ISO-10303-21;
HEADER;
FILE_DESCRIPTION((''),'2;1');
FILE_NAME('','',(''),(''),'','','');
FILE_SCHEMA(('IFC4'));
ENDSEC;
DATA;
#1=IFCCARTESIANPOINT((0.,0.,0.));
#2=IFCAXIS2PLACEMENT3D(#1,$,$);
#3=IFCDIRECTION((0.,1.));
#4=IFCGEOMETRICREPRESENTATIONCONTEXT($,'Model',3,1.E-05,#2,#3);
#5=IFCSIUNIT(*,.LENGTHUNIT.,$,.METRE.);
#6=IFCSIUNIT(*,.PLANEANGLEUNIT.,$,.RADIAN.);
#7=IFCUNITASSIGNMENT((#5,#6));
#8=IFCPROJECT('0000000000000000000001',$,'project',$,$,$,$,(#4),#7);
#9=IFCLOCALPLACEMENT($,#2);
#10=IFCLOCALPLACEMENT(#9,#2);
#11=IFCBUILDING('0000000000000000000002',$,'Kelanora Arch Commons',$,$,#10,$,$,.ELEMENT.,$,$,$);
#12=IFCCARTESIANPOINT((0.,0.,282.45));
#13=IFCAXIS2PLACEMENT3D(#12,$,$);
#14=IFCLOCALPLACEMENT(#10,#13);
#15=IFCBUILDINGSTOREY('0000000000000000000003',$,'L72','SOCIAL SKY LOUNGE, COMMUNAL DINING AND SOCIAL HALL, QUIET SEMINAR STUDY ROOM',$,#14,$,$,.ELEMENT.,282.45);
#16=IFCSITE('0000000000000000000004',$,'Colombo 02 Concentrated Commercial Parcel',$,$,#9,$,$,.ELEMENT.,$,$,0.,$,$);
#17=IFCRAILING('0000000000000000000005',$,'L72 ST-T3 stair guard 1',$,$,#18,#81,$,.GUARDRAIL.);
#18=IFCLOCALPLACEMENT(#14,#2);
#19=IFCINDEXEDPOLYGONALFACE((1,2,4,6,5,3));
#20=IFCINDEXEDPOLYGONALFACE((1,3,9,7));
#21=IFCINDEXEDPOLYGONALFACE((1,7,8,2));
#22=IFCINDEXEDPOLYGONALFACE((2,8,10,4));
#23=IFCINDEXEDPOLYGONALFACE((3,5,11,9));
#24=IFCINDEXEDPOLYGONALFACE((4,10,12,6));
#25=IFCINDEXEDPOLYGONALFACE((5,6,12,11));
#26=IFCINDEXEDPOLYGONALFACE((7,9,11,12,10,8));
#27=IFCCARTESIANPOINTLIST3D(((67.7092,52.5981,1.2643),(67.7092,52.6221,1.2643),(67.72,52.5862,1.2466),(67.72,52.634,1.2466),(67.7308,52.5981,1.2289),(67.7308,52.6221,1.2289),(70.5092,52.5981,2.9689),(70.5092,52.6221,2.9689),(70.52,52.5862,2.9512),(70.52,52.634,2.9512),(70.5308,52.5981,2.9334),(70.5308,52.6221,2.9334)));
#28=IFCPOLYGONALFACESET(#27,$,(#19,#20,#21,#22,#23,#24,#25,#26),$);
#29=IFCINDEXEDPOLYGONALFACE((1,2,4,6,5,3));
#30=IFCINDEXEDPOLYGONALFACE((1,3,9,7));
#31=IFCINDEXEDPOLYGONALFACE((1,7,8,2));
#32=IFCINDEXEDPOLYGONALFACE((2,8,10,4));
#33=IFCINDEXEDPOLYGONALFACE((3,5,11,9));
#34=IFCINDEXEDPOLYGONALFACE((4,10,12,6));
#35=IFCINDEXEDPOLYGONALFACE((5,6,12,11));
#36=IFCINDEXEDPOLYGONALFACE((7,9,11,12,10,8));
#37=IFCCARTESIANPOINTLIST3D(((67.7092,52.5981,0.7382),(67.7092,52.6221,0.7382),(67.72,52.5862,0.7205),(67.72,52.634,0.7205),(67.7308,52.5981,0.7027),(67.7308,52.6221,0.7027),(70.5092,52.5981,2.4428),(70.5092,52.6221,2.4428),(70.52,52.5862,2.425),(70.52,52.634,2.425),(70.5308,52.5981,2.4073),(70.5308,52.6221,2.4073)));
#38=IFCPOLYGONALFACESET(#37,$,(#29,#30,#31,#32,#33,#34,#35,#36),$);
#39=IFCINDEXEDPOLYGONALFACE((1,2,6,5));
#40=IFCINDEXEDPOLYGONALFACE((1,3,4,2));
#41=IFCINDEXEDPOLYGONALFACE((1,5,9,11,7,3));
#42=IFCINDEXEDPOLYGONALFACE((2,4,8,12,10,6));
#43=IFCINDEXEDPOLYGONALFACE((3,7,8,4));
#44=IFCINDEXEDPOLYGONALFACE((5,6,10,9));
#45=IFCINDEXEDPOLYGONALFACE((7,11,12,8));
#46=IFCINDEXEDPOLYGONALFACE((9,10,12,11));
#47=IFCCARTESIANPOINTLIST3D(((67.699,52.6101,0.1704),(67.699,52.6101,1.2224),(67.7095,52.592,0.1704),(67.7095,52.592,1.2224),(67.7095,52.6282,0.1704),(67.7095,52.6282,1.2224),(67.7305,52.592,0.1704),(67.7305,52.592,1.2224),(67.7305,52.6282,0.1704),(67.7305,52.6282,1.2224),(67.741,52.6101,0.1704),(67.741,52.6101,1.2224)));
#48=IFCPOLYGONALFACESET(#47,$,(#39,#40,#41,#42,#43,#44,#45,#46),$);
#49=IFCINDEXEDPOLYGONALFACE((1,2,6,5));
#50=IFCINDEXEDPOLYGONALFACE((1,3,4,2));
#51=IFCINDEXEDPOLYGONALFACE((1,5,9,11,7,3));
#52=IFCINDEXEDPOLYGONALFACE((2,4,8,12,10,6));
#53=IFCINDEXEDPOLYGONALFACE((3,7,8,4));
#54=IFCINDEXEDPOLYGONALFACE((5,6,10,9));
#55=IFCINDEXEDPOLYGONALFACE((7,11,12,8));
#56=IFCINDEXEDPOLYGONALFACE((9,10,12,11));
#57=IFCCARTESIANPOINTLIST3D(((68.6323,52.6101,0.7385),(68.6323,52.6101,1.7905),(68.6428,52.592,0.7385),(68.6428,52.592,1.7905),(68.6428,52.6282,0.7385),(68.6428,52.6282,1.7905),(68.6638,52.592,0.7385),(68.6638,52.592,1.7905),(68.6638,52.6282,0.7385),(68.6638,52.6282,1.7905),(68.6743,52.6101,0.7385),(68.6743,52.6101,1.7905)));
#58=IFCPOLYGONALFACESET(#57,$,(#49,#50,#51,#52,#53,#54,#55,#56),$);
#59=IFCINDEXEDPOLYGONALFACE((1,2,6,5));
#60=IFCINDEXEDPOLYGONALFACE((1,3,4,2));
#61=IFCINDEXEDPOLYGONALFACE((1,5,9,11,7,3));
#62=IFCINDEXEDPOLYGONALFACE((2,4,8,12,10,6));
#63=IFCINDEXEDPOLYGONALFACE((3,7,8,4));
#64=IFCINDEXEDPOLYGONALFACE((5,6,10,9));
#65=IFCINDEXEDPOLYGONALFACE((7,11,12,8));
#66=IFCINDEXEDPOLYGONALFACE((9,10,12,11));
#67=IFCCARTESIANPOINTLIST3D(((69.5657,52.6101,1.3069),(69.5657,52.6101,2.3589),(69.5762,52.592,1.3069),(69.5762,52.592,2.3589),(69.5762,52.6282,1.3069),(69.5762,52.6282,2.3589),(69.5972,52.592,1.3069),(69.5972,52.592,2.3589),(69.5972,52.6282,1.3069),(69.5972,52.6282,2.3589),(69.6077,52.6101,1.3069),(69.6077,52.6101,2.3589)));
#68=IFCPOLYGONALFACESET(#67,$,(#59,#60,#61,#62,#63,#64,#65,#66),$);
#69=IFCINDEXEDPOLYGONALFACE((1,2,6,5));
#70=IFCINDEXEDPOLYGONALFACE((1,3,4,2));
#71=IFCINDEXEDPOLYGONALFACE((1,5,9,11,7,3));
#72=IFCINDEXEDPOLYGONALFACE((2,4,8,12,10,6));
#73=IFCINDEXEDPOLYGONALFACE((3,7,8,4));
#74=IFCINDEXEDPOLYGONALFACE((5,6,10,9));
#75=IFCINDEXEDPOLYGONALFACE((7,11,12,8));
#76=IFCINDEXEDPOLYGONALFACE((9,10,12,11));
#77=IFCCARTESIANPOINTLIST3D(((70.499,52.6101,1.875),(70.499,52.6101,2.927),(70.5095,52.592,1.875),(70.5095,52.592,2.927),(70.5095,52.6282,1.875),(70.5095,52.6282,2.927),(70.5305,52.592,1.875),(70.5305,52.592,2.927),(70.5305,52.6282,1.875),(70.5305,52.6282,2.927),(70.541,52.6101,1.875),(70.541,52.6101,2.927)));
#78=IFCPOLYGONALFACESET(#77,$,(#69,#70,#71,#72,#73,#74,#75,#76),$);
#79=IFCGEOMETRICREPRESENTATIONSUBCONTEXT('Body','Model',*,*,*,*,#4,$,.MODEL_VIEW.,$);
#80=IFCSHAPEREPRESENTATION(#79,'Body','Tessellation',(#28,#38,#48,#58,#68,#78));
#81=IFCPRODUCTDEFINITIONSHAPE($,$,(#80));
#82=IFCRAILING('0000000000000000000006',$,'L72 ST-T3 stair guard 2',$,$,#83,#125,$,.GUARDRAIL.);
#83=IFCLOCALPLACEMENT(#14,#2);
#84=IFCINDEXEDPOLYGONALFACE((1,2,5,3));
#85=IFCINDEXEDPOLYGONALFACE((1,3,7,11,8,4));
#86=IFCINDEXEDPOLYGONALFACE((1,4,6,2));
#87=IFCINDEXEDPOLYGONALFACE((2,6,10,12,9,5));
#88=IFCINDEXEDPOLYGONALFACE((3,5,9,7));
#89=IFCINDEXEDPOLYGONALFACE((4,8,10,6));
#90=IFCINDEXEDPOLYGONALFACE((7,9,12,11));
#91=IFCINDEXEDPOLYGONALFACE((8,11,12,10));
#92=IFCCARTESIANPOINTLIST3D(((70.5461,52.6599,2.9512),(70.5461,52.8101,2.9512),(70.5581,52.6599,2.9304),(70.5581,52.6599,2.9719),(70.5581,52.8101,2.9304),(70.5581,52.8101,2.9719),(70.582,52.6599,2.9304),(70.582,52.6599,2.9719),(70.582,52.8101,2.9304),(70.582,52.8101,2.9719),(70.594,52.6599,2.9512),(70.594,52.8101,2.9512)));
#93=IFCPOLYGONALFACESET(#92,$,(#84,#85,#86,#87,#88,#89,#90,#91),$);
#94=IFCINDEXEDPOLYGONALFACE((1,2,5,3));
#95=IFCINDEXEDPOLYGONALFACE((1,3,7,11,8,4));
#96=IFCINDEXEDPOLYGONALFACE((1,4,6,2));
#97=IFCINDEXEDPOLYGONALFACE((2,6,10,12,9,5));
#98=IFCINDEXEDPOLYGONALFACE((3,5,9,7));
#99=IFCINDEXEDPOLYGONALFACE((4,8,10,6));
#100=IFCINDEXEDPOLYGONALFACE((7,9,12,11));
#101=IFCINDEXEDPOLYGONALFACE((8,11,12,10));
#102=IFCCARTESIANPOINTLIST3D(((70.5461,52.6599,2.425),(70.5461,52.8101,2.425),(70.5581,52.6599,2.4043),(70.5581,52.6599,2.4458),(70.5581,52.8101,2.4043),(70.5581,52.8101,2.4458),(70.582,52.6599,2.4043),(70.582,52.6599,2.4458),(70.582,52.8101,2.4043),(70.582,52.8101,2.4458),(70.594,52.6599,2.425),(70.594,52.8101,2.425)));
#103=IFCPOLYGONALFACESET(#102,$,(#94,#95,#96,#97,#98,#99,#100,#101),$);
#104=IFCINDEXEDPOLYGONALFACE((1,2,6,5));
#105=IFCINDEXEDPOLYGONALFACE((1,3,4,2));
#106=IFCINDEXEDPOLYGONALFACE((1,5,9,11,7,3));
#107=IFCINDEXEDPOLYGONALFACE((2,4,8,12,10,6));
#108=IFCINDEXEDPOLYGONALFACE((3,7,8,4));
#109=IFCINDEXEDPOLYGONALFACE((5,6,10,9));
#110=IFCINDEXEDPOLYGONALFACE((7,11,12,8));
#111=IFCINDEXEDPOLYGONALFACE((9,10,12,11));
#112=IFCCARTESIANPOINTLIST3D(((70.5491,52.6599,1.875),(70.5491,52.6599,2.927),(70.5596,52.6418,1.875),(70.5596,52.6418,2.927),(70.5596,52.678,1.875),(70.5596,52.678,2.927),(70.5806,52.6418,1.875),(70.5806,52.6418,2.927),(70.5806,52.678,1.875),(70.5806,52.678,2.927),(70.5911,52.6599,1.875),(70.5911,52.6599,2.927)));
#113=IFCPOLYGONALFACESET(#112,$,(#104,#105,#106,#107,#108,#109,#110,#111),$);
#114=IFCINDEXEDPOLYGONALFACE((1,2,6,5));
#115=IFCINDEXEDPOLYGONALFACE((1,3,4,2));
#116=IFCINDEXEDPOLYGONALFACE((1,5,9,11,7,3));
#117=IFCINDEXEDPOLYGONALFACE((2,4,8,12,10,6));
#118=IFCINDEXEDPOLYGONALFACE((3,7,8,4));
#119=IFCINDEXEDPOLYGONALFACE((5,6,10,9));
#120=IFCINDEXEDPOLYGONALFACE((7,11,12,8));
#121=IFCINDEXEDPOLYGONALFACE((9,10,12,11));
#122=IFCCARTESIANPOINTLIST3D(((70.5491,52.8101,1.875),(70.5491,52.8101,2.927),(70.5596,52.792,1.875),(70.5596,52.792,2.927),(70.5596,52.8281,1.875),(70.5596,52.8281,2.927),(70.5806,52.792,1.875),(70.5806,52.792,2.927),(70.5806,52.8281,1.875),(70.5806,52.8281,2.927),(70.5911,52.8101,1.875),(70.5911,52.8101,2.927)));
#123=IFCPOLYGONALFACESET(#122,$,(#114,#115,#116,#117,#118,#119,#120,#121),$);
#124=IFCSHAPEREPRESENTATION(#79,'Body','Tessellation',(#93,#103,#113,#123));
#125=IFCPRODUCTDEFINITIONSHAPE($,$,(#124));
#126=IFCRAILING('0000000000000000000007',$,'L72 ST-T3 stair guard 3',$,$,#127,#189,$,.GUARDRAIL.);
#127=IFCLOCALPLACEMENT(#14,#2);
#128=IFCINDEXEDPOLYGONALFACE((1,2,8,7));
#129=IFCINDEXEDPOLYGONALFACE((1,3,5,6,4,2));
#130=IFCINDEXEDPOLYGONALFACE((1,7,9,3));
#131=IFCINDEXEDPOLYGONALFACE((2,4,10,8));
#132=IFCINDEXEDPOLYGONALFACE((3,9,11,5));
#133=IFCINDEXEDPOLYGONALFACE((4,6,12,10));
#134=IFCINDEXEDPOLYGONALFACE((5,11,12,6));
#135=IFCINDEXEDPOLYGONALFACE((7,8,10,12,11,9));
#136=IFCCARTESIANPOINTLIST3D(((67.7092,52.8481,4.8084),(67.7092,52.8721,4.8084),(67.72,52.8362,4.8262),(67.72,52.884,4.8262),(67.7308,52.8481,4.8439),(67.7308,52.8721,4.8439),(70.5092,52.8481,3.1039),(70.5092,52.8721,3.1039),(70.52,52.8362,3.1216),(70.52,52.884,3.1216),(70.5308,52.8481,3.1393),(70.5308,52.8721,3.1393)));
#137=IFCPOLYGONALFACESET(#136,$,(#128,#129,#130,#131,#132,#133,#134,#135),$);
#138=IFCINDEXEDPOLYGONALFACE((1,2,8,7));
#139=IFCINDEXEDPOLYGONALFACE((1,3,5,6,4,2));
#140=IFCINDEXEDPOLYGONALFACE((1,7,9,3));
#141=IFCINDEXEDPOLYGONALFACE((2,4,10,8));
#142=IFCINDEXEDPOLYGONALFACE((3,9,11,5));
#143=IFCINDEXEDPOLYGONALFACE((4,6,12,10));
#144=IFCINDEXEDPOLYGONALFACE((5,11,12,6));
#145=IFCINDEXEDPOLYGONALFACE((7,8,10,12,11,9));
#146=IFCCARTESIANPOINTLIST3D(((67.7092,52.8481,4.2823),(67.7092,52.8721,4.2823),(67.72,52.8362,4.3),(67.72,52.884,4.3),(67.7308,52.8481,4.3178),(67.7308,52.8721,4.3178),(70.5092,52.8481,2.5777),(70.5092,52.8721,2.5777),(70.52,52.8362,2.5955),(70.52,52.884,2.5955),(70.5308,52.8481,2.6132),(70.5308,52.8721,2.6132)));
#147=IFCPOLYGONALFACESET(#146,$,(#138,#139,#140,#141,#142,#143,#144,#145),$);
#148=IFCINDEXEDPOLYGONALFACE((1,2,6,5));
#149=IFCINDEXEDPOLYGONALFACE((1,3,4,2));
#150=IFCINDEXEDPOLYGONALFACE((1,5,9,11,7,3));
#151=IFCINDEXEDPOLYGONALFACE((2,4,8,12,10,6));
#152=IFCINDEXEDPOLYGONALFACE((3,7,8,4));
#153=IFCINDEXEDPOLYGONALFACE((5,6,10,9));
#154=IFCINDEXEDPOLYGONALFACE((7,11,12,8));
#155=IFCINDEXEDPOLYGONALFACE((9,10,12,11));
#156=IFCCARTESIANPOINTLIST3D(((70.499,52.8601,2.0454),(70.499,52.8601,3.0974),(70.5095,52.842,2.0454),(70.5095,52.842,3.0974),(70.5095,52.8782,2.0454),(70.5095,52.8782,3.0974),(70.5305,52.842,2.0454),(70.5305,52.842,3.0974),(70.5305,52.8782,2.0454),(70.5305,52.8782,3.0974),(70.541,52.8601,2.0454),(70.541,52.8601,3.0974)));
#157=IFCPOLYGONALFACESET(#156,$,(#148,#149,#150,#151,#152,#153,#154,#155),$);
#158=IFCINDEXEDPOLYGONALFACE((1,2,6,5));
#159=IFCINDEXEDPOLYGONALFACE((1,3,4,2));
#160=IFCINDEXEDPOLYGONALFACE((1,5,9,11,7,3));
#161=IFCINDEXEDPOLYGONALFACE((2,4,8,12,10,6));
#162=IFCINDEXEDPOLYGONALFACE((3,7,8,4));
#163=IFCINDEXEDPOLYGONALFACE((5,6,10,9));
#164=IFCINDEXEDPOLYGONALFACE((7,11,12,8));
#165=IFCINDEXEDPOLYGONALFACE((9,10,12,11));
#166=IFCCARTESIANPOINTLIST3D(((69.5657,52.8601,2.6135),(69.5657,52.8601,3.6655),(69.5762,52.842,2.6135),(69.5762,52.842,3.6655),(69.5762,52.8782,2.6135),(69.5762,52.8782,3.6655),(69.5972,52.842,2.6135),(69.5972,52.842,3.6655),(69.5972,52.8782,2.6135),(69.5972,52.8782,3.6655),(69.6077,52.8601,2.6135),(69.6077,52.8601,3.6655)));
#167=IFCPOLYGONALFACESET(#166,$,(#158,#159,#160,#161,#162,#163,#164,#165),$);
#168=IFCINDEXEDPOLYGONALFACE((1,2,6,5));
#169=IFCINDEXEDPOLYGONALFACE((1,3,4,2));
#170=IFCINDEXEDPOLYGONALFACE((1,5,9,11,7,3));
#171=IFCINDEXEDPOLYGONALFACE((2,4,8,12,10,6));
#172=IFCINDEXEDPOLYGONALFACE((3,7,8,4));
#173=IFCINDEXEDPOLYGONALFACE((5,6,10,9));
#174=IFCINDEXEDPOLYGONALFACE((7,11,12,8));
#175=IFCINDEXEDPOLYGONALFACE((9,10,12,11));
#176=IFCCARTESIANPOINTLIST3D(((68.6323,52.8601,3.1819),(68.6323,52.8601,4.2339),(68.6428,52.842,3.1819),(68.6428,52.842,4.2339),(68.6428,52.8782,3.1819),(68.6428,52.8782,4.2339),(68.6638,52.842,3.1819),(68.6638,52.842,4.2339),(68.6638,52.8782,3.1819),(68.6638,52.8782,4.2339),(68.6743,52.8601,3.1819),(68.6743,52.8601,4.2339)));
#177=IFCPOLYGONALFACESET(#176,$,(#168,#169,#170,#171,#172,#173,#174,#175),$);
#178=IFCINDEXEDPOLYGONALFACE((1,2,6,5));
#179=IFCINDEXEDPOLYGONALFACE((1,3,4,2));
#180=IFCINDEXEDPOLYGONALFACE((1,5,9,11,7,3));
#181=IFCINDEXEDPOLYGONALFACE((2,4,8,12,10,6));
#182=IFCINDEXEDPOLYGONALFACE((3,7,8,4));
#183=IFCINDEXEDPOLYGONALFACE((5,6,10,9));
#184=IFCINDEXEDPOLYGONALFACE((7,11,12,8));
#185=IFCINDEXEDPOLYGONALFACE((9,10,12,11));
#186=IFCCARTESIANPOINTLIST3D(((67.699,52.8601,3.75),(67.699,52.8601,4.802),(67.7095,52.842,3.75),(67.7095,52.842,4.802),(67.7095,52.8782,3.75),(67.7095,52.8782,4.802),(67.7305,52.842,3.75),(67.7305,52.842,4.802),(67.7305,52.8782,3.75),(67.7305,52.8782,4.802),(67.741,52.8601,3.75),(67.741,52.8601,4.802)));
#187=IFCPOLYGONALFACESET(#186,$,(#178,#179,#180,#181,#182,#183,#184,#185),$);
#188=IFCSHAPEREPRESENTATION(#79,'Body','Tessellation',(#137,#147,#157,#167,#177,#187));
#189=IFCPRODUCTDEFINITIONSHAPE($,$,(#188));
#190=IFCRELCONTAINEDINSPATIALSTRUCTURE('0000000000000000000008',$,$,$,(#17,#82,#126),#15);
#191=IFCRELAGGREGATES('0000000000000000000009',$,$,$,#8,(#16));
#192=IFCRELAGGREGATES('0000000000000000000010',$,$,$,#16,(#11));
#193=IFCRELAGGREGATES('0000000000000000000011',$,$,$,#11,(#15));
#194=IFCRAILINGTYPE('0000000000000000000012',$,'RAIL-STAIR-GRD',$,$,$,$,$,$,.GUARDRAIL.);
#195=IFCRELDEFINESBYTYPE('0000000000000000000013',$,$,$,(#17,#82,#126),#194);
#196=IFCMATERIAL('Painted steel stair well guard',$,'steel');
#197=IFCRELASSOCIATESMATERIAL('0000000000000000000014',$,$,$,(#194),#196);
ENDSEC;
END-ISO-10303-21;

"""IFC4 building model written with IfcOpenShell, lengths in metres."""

from ifc_helpers import new_model, si_unit, direction, frame, origin, place, context, subcontext, project, spatial, polyline, outline, extrude, material, type_object, element, save


model = new_model("IFC4")

# Units and contexts
model_context = context("Model", 3, precision=1e-05, world=origin(), true_north=direction((0.0, 1.0)))
body_context = subcontext(model_context, "Body", "Model", "MODEL_VIEW")
ifc_project = project(units=[si_unit("LENGTHUNIT", "METRE"), si_unit("PLANEANGLEUNIT", "RADIAN")], contexts=[model_context])

# Site, building, storey
site_placement = place(None, origin())
site = spatial("IfcSite", under=ifc_project, at=site_placement, Name="Colombo 02 Concentrated Commercial Parcel", CompositionType="ELEMENT", RefElevation=0.0)
building_placement = place(site_placement, origin())
building = spatial("IfcBuilding", under=site, at=building_placement, Name="Kelanora Arch Commons", CompositionType="ELEMENT")
storey_placement = place(building_placement, frame((0.0, 0.0, 282.45)))
storey = spatial("IfcBuildingStorey", under=building, at=storey_placement, Name="L72", Description="SOCIAL SKY LOUNGE, COMMUNAL DINING AND SOCIAL HALL, QUIET SEMINAR STUDY ROOM", CompositionType="ELEMENT", Elevation=282.45)

# Railings
ifc_material_1 = material(Name="Painted steel stair well guard", Category="steel")
railing_type_1 = type_object("IfcRailingType", Name="RAIL-STAIR-GRD", PredefinedType="GUARDRAIL", material=ifc_material_1)
railing_1_placement = place(storey_placement, frame((67.72, 52.6101, 0.1704)))
element("IfcRailing", 1, at=railing_1_placement, inside=storey, type_object=railing_type_1, Name="L72 ST-T3 stair guard 1", PredefinedType="GUARDRAIL", context=body_context, shape_type="SweptSolid", body=[
    extrude(outline(polyline([(0.0239, 0.0), (0.012, 0.0208), (-0.012, 0.0208), (-0.0239, 0.0), (-0.012, -0.0208), (0.012, -0.0208), (0.0239, 0.0)])), frame((0.0, 0.0, 1.0762), z_axis=(0.85417, 0.0, 0.519994), x_axis=(0.0, 1.0, 0.0)), (0.0, 0.0, 1.0), 3.2781),
    extrude(outline(polyline([(0.0239, 0.0), (0.012, 0.0208), (-0.012, 0.0208), (-0.0239, 0.0), (-0.012, -0.0208), (0.012, -0.0208), (0.0239, 0.0)])), frame((0.0, 0.0, 0.55), z_axis=(0.85417, 0.0, 0.519994), x_axis=(0.0, 1.0, 0.0)), (0.0, 0.0, 1.0), 3.2781),
    extrude(outline(polyline([(0.021, 0.0), (0.0105, 0.0181), (-0.0105, 0.0181), (-0.021, 0.0), (-0.0105, -0.0181), (0.0105, -0.0181), (0.021, 0.0)])), origin(), (0.0, 0.0, 1.0), 1.052),
    extrude(outline(polyline([(0.021, 0.0), (0.0105, 0.0181), (-0.0105, 0.0181), (-0.021, 0.0), (-0.0105, -0.0181), (0.0105, -0.0181), (0.021, 0.0)])), frame((0.9333, 0.0, 0.5681)), (0.0, 0.0, 1.0), 1.052),
    extrude(outline(polyline([(0.021, 0.0), (0.0105, 0.0181), (-0.0105, 0.0181), (-0.021, 0.0), (-0.0105, -0.0181), (0.0105, -0.0181), (0.021, 0.0)])), frame((1.8667, 0.0, 1.1365)), (0.0, 0.0, 1.0), 1.052),
    extrude(outline(polyline([(0.021, 0.0), (0.0105, 0.0181), (-0.0105, 0.0181), (-0.021, 0.0), (-0.0105, -0.0181), (0.0105, -0.0181), (0.021, 0.0)])), frame((2.8, 0.0, 1.7046)), (0.0, 0.0, 1.0), 1.052),
])
railing_2_placement = place(storey_placement, frame((70.5701, 52.6599, 1.875)))
element("IfcRailing", 2, at=railing_2_placement, inside=storey, type_object=railing_type_1, Name="L72 ST-T3 stair guard 2", PredefinedType="GUARDRAIL", context=body_context, shape_type="SweptSolid", body=[
    extrude(outline(polyline([(0.0239, 0.0), (0.012, 0.0208), (-0.012, 0.0208), (-0.0239, 0.0), (-0.012, -0.0208), (0.012, -0.0208), (0.0239, 0.0)])), frame((0.0, 0.0, 1.0762), z_axis=(0.0, 1.0, 0.0), x_axis=(-1.0, 0.0, 0.0)), (0.0, 0.0, 1.0), 0.1501),
    extrude(outline(polyline([(0.0239, 0.0), (0.012, 0.0208), (-0.012, 0.0208), (-0.0239, 0.0), (-0.012, -0.0208), (0.012, -0.0208), (0.0239, 0.0)])), frame((0.0, 0.0, 0.55), z_axis=(0.0, 1.0, 0.0), x_axis=(-1.0, 0.0, 0.0)), (0.0, 0.0, 1.0), 0.1501),
    extrude(outline(polyline([(0.021, 0.0), (0.0105, 0.0181), (-0.0105, 0.0181), (-0.021, 0.0), (-0.0105, -0.0181), (0.0105, -0.0181), (0.021, 0.0)])), origin(), (0.0, 0.0, 1.0), 1.052),
    extrude(outline(polyline([(0.021, 0.0), (0.0105, 0.0181), (-0.0105, 0.0181), (-0.021, 0.0), (-0.0105, -0.0181), (0.0105, -0.0181), (0.021, 0.0)])), frame((0.0, 0.1501, 0.0)), (0.0, 0.0, 1.0), 1.052),
])
railing_3_placement = place(storey_placement, frame((70.52, 52.8601, 2.0454)))
element("IfcRailing", 3, at=railing_3_placement, inside=storey, type_object=railing_type_1, Name="L72 ST-T3 stair guard 3", PredefinedType="GUARDRAIL", context=body_context, shape_type="SweptSolid", body=[
    extrude(outline(polyline([(0.0239, 0.0), (0.012, 0.0208), (-0.012, 0.0208), (-0.0239, 0.0), (-0.012, -0.0208), (0.012, -0.0208), (0.0239, 0.0)])), frame((0.0, 0.0, 1.0762), z_axis=(-0.85417, 0.0, 0.519994), x_axis=(0.0, -1.0, 0.0)), (0.0, 0.0, 1.0), 3.2781),
    extrude(outline(polyline([(0.0239, 0.0), (0.012, 0.0208), (-0.012, 0.0208), (-0.0239, 0.0), (-0.012, -0.0208), (0.012, -0.0208), (0.0239, 0.0)])), frame((0.0, 0.0, 0.55), z_axis=(-0.85417, 0.0, 0.519994), x_axis=(0.0, -1.0, 0.0)), (0.0, 0.0, 1.0), 3.2781),
    extrude(outline(polyline([(0.021, 0.0), (0.0105, 0.0181), (-0.0105, 0.0181), (-0.021, 0.0), (-0.0105, -0.0181), (0.0105, -0.0181), (0.021, 0.0)])), origin(), (0.0, 0.0, 1.0), 1.052),
    extrude(outline(polyline([(0.021, 0.0), (0.0105, 0.0181), (-0.0105, 0.0181), (-0.021, 0.0), (-0.0105, -0.0181), (0.0105, -0.0181), (0.021, 0.0)])), frame((-0.9333, 0.0, 0.5681)), (0.0, 0.0, 1.0), 1.052),
    extrude(outline(polyline([(0.021, 0.0), (0.0105, 0.0181), (-0.0105, 0.0181), (-0.021, 0.0), (-0.0105, -0.0181), (0.0105, -0.0181), (0.021, 0.0)])), frame((-1.8667, 0.0, 1.1365)), (0.0, 0.0, 1.0), 1.052),
    extrude(outline(polyline([(0.021, 0.0), (0.0105, 0.0181), (-0.0105, 0.0181), (-0.021, 0.0), (-0.0105, -0.0181), (0.0105, -0.0181), (0.021, 0.0)])), frame((-2.8, 0.0, 1.7046)), (0.0, 0.0, 1.0), 1.052),
])

save(model, "model.ifc")
